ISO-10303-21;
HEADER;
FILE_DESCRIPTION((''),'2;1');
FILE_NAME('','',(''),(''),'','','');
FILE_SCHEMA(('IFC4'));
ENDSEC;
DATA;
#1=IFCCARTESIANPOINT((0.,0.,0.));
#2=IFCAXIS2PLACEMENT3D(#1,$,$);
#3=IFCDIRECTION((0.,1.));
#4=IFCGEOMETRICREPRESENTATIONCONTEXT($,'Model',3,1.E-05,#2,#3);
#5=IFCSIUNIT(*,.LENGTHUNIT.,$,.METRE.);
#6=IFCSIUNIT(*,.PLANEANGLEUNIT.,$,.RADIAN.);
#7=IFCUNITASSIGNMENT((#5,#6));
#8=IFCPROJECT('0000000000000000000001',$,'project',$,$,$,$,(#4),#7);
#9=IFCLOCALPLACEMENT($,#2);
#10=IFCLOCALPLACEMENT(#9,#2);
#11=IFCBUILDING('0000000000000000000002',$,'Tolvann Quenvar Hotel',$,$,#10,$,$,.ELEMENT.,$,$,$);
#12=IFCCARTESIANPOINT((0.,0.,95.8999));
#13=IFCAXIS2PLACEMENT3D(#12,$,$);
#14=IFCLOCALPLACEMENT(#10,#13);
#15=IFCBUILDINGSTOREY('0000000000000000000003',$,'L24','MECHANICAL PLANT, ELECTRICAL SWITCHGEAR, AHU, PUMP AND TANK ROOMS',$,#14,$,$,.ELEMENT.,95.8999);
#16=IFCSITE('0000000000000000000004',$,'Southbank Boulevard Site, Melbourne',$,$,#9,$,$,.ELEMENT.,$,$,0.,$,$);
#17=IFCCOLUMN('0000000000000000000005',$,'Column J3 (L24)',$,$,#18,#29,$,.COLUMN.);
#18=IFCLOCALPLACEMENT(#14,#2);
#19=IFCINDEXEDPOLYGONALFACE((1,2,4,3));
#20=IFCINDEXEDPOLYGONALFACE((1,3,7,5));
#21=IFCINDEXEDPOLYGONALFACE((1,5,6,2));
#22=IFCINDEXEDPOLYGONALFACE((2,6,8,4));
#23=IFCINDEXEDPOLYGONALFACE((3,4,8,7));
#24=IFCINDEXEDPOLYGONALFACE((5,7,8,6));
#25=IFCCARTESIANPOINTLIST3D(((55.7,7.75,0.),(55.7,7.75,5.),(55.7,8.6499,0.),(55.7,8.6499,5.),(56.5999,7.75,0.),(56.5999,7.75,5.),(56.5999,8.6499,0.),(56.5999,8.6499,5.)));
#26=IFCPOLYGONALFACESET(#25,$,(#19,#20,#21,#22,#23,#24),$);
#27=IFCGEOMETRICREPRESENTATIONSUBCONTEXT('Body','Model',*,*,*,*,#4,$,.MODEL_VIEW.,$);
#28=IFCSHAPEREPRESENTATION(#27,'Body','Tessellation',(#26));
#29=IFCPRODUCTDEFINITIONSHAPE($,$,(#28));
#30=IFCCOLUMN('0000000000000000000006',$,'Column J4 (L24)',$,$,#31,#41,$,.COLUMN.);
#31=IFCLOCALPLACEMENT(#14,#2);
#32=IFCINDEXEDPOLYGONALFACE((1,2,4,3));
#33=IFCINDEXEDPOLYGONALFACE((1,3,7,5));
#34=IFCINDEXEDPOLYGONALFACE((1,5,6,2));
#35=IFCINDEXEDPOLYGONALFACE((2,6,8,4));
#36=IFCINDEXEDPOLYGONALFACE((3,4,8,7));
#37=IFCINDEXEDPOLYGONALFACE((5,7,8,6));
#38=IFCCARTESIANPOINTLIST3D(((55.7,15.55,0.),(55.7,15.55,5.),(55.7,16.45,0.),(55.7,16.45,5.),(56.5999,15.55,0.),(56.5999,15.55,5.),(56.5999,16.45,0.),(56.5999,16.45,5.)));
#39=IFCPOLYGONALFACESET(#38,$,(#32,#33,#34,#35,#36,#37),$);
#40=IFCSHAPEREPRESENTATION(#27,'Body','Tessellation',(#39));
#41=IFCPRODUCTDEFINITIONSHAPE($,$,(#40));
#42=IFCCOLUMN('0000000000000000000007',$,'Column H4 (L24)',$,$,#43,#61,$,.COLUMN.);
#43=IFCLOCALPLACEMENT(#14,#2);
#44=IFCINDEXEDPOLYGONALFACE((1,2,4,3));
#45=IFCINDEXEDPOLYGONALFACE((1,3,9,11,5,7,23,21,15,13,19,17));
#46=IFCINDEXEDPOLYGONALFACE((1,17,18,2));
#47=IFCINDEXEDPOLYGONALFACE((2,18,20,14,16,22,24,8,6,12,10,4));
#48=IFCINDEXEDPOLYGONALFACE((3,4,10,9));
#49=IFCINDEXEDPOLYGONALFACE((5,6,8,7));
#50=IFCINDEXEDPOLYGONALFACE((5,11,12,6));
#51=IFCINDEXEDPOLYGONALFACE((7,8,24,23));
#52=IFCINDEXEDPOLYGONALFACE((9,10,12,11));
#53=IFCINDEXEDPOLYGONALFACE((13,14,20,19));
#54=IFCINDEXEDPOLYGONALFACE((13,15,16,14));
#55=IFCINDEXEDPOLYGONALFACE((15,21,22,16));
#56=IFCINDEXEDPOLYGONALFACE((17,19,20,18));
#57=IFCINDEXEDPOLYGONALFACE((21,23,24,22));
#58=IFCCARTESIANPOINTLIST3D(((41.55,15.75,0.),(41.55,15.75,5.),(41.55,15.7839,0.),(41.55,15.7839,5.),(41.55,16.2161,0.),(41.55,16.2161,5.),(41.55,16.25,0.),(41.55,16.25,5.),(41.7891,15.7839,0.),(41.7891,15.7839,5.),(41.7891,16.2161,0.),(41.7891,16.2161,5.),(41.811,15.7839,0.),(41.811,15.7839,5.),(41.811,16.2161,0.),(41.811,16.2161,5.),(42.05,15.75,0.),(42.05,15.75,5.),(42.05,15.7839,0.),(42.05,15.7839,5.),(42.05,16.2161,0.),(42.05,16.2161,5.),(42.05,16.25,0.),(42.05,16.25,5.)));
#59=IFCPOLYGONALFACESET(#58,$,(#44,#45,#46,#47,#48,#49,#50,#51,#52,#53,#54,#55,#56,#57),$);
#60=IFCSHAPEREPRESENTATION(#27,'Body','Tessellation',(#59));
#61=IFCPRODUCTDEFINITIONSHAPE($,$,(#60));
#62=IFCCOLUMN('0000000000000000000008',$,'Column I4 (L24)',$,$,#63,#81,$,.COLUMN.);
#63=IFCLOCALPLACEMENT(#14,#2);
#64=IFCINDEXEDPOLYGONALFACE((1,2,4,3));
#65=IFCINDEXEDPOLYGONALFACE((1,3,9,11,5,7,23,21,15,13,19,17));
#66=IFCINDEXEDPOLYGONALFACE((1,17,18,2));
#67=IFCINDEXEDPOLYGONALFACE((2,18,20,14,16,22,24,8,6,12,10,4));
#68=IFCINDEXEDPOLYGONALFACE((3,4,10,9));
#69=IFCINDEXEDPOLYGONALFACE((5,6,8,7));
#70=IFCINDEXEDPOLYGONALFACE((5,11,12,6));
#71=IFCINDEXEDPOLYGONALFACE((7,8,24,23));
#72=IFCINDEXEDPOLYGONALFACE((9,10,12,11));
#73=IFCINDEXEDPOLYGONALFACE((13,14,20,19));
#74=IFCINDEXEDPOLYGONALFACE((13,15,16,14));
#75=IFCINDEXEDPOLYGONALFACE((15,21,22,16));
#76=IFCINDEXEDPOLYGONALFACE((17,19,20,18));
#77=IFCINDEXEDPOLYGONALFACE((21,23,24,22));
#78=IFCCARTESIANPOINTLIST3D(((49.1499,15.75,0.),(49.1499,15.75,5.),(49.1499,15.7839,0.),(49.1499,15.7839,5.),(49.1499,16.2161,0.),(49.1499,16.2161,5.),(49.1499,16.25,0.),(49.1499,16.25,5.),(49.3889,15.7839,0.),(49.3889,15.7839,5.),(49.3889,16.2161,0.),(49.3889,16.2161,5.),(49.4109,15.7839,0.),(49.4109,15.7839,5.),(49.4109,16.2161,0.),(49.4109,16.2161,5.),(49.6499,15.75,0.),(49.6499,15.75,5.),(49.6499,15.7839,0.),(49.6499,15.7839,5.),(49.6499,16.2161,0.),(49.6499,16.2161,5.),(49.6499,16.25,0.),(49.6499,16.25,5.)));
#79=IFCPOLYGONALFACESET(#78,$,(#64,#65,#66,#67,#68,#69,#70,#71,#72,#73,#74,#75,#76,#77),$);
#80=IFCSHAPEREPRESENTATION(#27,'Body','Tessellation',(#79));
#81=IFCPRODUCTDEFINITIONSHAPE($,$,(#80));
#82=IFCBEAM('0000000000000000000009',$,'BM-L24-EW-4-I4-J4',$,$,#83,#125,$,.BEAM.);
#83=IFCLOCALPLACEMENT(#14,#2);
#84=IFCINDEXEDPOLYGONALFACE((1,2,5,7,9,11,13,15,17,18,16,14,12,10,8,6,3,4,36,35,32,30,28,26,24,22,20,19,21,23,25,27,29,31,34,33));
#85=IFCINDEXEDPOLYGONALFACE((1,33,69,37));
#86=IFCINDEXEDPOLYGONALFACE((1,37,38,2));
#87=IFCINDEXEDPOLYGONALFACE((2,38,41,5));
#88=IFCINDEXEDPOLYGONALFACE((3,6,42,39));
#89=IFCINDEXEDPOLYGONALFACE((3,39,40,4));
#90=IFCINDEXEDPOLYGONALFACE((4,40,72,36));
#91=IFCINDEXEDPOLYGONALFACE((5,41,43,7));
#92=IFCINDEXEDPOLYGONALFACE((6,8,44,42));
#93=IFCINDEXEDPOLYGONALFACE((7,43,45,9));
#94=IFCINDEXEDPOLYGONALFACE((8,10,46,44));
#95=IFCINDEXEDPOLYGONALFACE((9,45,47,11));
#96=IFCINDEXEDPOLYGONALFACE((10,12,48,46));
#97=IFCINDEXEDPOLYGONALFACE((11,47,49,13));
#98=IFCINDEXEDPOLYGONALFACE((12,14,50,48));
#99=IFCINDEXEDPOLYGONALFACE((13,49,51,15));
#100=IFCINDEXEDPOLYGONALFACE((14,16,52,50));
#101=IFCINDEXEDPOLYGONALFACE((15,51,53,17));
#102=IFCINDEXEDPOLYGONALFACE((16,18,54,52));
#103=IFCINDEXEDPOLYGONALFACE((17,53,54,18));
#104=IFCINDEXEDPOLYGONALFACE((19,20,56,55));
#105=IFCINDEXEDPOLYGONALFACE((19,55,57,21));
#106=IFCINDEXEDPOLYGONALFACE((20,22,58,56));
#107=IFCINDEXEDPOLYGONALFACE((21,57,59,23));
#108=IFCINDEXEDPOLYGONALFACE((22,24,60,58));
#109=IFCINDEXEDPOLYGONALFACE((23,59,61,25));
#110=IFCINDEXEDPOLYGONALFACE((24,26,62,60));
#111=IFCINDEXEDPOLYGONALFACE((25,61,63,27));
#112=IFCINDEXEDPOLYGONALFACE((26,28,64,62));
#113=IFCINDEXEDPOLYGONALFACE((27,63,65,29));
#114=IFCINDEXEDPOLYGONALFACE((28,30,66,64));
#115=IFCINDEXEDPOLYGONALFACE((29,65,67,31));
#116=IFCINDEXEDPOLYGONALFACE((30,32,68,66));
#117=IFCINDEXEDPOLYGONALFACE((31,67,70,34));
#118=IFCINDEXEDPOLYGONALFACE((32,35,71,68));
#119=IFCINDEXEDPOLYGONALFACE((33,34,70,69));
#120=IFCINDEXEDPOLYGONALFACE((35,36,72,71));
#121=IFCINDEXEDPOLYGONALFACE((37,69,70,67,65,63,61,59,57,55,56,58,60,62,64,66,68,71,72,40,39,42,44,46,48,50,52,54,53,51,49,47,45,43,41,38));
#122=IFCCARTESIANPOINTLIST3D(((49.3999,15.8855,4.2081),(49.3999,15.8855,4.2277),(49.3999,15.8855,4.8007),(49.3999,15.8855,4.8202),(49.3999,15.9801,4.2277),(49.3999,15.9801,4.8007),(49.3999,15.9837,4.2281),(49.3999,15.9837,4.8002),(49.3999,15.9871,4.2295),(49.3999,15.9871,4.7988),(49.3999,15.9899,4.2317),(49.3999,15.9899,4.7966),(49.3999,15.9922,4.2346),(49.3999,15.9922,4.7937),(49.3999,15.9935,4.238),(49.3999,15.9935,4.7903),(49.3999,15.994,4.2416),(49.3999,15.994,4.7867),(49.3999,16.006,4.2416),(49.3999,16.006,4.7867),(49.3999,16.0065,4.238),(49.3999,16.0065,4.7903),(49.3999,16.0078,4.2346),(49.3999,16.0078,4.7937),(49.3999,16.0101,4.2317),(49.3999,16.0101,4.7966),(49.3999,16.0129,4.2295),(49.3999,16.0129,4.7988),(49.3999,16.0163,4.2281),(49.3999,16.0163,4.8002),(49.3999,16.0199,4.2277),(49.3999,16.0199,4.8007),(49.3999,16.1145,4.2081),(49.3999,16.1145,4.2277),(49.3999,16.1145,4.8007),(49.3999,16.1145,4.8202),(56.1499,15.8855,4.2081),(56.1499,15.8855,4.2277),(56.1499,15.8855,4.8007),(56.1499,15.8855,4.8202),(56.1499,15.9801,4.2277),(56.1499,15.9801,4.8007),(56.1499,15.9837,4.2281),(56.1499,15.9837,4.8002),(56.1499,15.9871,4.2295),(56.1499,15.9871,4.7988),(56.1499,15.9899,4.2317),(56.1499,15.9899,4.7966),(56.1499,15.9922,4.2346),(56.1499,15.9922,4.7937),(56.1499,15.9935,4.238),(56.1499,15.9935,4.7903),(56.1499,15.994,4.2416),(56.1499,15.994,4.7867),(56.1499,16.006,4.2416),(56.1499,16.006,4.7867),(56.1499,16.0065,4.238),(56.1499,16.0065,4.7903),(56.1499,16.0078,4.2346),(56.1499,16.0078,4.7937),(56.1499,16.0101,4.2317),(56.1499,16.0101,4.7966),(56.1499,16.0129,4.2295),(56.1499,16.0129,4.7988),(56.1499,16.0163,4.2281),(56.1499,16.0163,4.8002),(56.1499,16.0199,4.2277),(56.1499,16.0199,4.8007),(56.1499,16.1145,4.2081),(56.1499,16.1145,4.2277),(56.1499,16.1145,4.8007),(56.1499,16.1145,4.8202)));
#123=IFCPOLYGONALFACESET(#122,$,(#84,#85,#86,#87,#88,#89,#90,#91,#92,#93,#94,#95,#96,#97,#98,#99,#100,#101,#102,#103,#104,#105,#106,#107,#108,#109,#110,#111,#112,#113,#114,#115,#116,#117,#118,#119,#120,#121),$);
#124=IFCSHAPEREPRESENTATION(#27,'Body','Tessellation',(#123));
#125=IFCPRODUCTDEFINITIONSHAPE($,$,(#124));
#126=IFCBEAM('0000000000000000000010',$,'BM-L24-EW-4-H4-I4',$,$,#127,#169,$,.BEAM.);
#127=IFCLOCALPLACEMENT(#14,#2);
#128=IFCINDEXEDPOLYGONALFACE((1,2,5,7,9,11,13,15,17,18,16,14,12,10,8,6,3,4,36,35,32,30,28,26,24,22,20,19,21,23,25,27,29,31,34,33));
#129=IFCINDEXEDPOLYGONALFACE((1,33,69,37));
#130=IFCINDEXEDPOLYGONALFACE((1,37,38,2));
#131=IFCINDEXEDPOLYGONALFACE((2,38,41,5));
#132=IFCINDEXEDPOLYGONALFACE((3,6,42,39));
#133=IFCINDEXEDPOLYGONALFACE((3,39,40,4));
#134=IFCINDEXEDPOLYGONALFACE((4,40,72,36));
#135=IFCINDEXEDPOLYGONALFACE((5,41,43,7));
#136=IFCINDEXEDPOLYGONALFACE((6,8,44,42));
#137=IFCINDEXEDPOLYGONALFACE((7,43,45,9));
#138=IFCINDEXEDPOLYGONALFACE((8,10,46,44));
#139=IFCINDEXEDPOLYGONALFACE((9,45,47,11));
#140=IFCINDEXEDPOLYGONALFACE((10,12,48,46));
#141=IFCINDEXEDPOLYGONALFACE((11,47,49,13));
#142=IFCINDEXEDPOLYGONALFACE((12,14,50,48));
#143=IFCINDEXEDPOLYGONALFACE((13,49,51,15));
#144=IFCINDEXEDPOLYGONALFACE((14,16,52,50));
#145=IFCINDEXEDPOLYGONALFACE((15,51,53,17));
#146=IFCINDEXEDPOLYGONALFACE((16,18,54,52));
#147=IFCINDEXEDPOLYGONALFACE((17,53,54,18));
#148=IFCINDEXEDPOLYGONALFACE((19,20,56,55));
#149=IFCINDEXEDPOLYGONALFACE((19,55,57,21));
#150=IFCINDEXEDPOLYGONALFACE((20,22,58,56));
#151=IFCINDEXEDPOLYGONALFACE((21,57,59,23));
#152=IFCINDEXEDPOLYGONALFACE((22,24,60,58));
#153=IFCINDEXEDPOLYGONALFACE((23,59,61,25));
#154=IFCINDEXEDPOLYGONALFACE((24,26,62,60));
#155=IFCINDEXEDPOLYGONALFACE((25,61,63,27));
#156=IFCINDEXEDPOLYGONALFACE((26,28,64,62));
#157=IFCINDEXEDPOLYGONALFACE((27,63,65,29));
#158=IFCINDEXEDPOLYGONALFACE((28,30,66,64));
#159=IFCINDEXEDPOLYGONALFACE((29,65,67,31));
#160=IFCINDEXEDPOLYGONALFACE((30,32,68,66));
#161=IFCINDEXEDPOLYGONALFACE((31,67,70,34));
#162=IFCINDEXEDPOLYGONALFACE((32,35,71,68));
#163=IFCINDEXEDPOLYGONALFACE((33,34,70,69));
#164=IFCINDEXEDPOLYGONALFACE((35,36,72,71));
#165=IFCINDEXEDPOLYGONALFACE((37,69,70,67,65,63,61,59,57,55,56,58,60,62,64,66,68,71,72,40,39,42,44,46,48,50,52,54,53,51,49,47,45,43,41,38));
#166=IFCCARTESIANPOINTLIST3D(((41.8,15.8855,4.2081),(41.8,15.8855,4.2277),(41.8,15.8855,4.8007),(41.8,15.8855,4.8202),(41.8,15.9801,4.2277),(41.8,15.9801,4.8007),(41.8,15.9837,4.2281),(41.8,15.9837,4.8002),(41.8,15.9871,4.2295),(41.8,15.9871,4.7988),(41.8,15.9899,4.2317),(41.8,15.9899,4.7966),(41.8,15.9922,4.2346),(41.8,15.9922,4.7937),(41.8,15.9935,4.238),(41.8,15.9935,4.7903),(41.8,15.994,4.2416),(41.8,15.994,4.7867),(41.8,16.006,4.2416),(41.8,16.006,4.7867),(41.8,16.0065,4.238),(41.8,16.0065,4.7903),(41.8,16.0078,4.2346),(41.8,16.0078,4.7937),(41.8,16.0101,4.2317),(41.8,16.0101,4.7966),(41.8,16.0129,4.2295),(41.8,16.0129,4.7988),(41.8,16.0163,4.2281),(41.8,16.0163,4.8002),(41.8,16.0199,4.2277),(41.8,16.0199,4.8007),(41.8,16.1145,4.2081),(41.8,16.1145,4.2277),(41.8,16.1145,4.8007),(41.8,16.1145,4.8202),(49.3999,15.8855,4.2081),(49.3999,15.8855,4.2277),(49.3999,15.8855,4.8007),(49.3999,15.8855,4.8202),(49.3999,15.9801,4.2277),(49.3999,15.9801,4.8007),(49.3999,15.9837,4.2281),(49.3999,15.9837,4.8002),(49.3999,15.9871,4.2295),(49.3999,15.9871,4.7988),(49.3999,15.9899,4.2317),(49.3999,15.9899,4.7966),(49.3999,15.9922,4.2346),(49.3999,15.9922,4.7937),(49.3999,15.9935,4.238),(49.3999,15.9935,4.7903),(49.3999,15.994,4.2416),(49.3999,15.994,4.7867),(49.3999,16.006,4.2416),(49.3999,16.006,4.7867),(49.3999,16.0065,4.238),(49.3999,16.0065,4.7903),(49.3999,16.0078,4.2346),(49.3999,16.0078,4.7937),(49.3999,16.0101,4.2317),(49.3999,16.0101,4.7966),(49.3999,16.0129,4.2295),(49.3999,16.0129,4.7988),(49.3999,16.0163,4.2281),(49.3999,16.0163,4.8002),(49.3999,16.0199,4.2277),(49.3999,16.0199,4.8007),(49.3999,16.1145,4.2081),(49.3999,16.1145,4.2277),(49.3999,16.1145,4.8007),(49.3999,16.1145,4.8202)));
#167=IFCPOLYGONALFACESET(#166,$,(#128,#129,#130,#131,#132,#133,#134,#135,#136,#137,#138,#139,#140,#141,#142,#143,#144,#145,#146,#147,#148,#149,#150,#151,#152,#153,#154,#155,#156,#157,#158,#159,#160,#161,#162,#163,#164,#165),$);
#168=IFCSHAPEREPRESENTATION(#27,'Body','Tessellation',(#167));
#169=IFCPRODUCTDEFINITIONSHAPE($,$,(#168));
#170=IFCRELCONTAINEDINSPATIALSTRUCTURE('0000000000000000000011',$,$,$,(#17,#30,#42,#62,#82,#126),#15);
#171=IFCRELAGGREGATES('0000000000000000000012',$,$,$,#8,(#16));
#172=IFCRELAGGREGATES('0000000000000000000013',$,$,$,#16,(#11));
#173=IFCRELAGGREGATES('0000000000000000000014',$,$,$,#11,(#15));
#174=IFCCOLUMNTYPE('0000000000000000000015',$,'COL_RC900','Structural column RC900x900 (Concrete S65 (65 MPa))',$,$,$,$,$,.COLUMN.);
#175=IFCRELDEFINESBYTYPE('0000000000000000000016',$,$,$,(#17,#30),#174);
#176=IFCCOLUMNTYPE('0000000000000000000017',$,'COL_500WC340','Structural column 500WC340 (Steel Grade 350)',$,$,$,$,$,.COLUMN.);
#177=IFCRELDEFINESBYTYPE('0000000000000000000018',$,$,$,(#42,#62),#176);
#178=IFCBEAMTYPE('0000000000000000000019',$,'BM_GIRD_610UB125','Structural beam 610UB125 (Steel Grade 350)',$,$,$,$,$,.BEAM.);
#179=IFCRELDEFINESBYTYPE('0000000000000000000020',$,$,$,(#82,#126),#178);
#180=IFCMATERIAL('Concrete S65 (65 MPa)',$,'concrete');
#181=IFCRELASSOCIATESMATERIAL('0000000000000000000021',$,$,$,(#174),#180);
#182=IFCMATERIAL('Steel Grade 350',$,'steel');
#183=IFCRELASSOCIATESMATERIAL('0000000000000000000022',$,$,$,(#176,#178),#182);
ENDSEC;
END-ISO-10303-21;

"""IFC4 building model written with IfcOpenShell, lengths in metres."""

from ifc_helpers import new_model, si_unit, direction, frame, origin, origin_2d, place, context, subcontext, project, spatial, rectangle, i_section, extrude, source, transform, mapped, material, material_profile, profile_set, type_object, type_shapes, element, save


model = new_model("IFC4")

# Units and contexts
model_context = context("Model", 3, precision=1e-05, world=origin(), true_north=direction((0.0, 1.0)))
body_context = subcontext(model_context, "Body", "Model", "MODEL_VIEW")
ifc_project = project(units=[si_unit("LENGTHUNIT", "METRE"), si_unit("PLANEANGLEUNIT", "RADIAN")], contexts=[model_context])

# Site, building, storey
site_placement = place(None, origin())
site = spatial("IfcSite", under=ifc_project, at=site_placement, Name="Southbank Boulevard Site, Melbourne", CompositionType="ELEMENT", RefElevation=0.0)
building_placement = place(site_placement, origin())
building = spatial("IfcBuilding", under=site, at=building_placement, Name="Tolvann Quenvar Hotel", CompositionType="ELEMENT")
storey_placement = place(building_placement, frame((0.0, 0.0, 95.8999)))
storey = spatial("IfcBuildingStorey", under=building, at=storey_placement, Name="L24", Description="MECHANICAL PLANT, ELECTRICAL SWITCHGEAR, AHU, PUMP AND TANK ROOMS", CompositionType="ELEMENT", Elevation=95.8999)

# Columns
ifc_material_1 = material(Name="Concrete S65 (65 MPa)", Category="concrete")
ifc_material_profile_1 = material_profile(ifc_material_1, rectangle(XDim=0.8999, YDim=0.8999, at=origin_2d()), Name="RC900x900")
ifc_profile_set_1 = profile_set([ifc_material_profile_1], Name="Concrete S65 (65 MPa)")
column_type_1 = type_object("IfcColumnType", Name="COL_RC900", Description="Structural column RC900x900 (Concrete S65 (65 MPa))", PredefinedType="COLUMN", material=ifc_profile_set_1)
shared_shape_1 = source(origin(), body_context, "Body", "SweptSolid", [
    extrude(rectangle(XDim=0.8999, YDim=0.8999, at=origin_2d()), origin(), (0.0, 0.0, 1.0), 5.0),
])
type_shapes(column_type_1, [shared_shape_1])
for number, where, z_axis, x_axis, name in (
    (1, (56.1499, 8.2, 0.0), (0.0, 0.0, 1.0), (1.0, 0.0, 0.0), "Column J3 (L24)"),
    (2, (56.1499, 16.0, 0.0), (0.0, 0.0, 1.0), (1.0, 0.0, 0.0), "Column J4 (L24)"),
):
    element("IfcColumn", number, at=place(storey_placement, frame(where, z_axis=z_axis, x_axis=x_axis)), inside=storey, type_object=column_type_1, Name=name, PredefinedType="COLUMN", context=body_context, shape_type="MappedRepresentation", body=[
        mapped(shared_shape_1, transform((0.0, 0.0, 0.0), x_axis=(1.0, 0.0, 0.0), y_axis=(0.0, 1.0, 0.0), z_axis=(0.0, 0.0, 1.0), scale=1.0)),
    ])
ifc_material_2 = material(Name="Steel Grade 350", Category="steel")
ifc_material_profile_2 = material_profile(ifc_material_2, i_section(OverallWidth=0.5, OverallDepth=0.5, WebThickness=0.022, FlangeThickness=0.0339, at=origin_2d()), Name="500WC340")
ifc_profile_set_2 = profile_set([ifc_material_profile_2], Name="Steel Grade 350")
column_type_2 = type_object("IfcColumnType", Name="COL_500WC340", Description="Structural column 500WC340 (Steel Grade 350)", PredefinedType="COLUMN", material=ifc_profile_set_2)
shared_shape_2 = source(origin(), body_context, "Body", "SweptSolid", [
    extrude(i_section(OverallWidth=0.5, OverallDepth=0.5, WebThickness=0.022, FlangeThickness=0.0339, at=origin_2d()), origin(), (0.0, 0.0, 1.0), 5.0),
])
type_shapes(column_type_2, [shared_shape_2])
for number, where, z_axis, x_axis, name in (
    (3, (41.8, 16.0, 0.0), (0.0, 0.0, 1.0), (1.0, 0.0, 0.0), "Column H4 (L24)"),
    (4, (49.3999, 16.0, 0.0), (0.0, 0.0, 1.0), (1.0, 0.0, 0.0), "Column I4 (L24)"),
):
    element("IfcColumn", number, at=place(storey_placement, frame(where, z_axis=z_axis, x_axis=x_axis)), inside=storey, type_object=column_type_2, Name=name, PredefinedType="COLUMN", context=body_context, shape_type="MappedRepresentation", body=[
        mapped(shared_shape_2, transform((0.0, 0.0, 0.0), x_axis=(1.0, 0.0, 0.0), y_axis=(0.0, 1.0, 0.0), z_axis=(0.0, 0.0, 1.0), scale=1.0)),
    ])

# Beams
ifc_material_profile_3 = material_profile(ifc_material_2, i_section(OverallWidth=0.229, OverallDepth=0.6121, WebThickness=0.012, FlangeThickness=0.0195, FilletRadius=0.0139, at=origin_2d()), Name="610UB125")
ifc_profile_set_3 = profile_set([ifc_material_profile_3], Name="Steel Grade 350")
beam_type_1 = type_object("IfcBeamType", Name="BM_GIRD_610UB125", Description="Structural beam 610UB125 (Steel Grade 350)", PredefinedType="BEAM", material=ifc_profile_set_3)
shared_shape_3 = source(origin(), body_context, "Body", "SweptSolid", [
    extrude(i_section(OverallWidth=0.229, OverallDepth=0.6121, WebThickness=0.012, FlangeThickness=0.0195, FilletRadius=0.0139, at=origin_2d()), origin(), (0.0, 0.0, 1.0), 6.75),
])
beam_1_placement = place(storey_placement, frame((49.3999, 16.0, 4.5142), z_axis=(1.0, 0.0, 0.0), x_axis=(0.0, 1.0, 0.0)))
element("IfcBeam", 5, at=beam_1_placement, inside=storey, type_object=beam_type_1, Name="BM-L24-EW-4-I4-J4", PredefinedType="BEAM", context=body_context, shape_type="MappedRepresentation", body=[
    mapped(shared_shape_3, transform((0.0, 0.0, 0.0), x_axis=(1.0, 0.0, 0.0), y_axis=(0.0, 1.0, 0.0), z_axis=(0.0, 0.0, 1.0), scale=1.0)),
])
shared_shape_4 = source(origin(), body_context, "Body", "SweptSolid", [
    extrude(i_section(OverallWidth=0.229, OverallDepth=0.6121, WebThickness=0.012, FlangeThickness=0.0195, FilletRadius=0.0139, at=origin_2d()), origin(), (0.0, 0.0, 1.0), 7.5999),
])
type_shapes(beam_type_1, [shared_shape_3, shared_shape_4])
beam_2_placement = place(storey_placement, frame((41.8, 16.0, 4.5142), z_axis=(1.0, 0.0, 0.0), x_axis=(0.0, 1.0, 0.0)))
element("IfcBeam", 6, at=beam_2_placement, inside=storey, type_object=beam_type_1, Name="BM-L24-EW-4-H4-I4", PredefinedType="BEAM", context=body_context, shape_type="MappedRepresentation", body=[
    mapped(shared_shape_4, transform((0.0, 0.0, 0.0), x_axis=(1.0, 0.0, 0.0), y_axis=(0.0, 1.0, 0.0), z_axis=(0.0, 0.0, 1.0), scale=1.0)),
])

save(model, "model.ifc")
